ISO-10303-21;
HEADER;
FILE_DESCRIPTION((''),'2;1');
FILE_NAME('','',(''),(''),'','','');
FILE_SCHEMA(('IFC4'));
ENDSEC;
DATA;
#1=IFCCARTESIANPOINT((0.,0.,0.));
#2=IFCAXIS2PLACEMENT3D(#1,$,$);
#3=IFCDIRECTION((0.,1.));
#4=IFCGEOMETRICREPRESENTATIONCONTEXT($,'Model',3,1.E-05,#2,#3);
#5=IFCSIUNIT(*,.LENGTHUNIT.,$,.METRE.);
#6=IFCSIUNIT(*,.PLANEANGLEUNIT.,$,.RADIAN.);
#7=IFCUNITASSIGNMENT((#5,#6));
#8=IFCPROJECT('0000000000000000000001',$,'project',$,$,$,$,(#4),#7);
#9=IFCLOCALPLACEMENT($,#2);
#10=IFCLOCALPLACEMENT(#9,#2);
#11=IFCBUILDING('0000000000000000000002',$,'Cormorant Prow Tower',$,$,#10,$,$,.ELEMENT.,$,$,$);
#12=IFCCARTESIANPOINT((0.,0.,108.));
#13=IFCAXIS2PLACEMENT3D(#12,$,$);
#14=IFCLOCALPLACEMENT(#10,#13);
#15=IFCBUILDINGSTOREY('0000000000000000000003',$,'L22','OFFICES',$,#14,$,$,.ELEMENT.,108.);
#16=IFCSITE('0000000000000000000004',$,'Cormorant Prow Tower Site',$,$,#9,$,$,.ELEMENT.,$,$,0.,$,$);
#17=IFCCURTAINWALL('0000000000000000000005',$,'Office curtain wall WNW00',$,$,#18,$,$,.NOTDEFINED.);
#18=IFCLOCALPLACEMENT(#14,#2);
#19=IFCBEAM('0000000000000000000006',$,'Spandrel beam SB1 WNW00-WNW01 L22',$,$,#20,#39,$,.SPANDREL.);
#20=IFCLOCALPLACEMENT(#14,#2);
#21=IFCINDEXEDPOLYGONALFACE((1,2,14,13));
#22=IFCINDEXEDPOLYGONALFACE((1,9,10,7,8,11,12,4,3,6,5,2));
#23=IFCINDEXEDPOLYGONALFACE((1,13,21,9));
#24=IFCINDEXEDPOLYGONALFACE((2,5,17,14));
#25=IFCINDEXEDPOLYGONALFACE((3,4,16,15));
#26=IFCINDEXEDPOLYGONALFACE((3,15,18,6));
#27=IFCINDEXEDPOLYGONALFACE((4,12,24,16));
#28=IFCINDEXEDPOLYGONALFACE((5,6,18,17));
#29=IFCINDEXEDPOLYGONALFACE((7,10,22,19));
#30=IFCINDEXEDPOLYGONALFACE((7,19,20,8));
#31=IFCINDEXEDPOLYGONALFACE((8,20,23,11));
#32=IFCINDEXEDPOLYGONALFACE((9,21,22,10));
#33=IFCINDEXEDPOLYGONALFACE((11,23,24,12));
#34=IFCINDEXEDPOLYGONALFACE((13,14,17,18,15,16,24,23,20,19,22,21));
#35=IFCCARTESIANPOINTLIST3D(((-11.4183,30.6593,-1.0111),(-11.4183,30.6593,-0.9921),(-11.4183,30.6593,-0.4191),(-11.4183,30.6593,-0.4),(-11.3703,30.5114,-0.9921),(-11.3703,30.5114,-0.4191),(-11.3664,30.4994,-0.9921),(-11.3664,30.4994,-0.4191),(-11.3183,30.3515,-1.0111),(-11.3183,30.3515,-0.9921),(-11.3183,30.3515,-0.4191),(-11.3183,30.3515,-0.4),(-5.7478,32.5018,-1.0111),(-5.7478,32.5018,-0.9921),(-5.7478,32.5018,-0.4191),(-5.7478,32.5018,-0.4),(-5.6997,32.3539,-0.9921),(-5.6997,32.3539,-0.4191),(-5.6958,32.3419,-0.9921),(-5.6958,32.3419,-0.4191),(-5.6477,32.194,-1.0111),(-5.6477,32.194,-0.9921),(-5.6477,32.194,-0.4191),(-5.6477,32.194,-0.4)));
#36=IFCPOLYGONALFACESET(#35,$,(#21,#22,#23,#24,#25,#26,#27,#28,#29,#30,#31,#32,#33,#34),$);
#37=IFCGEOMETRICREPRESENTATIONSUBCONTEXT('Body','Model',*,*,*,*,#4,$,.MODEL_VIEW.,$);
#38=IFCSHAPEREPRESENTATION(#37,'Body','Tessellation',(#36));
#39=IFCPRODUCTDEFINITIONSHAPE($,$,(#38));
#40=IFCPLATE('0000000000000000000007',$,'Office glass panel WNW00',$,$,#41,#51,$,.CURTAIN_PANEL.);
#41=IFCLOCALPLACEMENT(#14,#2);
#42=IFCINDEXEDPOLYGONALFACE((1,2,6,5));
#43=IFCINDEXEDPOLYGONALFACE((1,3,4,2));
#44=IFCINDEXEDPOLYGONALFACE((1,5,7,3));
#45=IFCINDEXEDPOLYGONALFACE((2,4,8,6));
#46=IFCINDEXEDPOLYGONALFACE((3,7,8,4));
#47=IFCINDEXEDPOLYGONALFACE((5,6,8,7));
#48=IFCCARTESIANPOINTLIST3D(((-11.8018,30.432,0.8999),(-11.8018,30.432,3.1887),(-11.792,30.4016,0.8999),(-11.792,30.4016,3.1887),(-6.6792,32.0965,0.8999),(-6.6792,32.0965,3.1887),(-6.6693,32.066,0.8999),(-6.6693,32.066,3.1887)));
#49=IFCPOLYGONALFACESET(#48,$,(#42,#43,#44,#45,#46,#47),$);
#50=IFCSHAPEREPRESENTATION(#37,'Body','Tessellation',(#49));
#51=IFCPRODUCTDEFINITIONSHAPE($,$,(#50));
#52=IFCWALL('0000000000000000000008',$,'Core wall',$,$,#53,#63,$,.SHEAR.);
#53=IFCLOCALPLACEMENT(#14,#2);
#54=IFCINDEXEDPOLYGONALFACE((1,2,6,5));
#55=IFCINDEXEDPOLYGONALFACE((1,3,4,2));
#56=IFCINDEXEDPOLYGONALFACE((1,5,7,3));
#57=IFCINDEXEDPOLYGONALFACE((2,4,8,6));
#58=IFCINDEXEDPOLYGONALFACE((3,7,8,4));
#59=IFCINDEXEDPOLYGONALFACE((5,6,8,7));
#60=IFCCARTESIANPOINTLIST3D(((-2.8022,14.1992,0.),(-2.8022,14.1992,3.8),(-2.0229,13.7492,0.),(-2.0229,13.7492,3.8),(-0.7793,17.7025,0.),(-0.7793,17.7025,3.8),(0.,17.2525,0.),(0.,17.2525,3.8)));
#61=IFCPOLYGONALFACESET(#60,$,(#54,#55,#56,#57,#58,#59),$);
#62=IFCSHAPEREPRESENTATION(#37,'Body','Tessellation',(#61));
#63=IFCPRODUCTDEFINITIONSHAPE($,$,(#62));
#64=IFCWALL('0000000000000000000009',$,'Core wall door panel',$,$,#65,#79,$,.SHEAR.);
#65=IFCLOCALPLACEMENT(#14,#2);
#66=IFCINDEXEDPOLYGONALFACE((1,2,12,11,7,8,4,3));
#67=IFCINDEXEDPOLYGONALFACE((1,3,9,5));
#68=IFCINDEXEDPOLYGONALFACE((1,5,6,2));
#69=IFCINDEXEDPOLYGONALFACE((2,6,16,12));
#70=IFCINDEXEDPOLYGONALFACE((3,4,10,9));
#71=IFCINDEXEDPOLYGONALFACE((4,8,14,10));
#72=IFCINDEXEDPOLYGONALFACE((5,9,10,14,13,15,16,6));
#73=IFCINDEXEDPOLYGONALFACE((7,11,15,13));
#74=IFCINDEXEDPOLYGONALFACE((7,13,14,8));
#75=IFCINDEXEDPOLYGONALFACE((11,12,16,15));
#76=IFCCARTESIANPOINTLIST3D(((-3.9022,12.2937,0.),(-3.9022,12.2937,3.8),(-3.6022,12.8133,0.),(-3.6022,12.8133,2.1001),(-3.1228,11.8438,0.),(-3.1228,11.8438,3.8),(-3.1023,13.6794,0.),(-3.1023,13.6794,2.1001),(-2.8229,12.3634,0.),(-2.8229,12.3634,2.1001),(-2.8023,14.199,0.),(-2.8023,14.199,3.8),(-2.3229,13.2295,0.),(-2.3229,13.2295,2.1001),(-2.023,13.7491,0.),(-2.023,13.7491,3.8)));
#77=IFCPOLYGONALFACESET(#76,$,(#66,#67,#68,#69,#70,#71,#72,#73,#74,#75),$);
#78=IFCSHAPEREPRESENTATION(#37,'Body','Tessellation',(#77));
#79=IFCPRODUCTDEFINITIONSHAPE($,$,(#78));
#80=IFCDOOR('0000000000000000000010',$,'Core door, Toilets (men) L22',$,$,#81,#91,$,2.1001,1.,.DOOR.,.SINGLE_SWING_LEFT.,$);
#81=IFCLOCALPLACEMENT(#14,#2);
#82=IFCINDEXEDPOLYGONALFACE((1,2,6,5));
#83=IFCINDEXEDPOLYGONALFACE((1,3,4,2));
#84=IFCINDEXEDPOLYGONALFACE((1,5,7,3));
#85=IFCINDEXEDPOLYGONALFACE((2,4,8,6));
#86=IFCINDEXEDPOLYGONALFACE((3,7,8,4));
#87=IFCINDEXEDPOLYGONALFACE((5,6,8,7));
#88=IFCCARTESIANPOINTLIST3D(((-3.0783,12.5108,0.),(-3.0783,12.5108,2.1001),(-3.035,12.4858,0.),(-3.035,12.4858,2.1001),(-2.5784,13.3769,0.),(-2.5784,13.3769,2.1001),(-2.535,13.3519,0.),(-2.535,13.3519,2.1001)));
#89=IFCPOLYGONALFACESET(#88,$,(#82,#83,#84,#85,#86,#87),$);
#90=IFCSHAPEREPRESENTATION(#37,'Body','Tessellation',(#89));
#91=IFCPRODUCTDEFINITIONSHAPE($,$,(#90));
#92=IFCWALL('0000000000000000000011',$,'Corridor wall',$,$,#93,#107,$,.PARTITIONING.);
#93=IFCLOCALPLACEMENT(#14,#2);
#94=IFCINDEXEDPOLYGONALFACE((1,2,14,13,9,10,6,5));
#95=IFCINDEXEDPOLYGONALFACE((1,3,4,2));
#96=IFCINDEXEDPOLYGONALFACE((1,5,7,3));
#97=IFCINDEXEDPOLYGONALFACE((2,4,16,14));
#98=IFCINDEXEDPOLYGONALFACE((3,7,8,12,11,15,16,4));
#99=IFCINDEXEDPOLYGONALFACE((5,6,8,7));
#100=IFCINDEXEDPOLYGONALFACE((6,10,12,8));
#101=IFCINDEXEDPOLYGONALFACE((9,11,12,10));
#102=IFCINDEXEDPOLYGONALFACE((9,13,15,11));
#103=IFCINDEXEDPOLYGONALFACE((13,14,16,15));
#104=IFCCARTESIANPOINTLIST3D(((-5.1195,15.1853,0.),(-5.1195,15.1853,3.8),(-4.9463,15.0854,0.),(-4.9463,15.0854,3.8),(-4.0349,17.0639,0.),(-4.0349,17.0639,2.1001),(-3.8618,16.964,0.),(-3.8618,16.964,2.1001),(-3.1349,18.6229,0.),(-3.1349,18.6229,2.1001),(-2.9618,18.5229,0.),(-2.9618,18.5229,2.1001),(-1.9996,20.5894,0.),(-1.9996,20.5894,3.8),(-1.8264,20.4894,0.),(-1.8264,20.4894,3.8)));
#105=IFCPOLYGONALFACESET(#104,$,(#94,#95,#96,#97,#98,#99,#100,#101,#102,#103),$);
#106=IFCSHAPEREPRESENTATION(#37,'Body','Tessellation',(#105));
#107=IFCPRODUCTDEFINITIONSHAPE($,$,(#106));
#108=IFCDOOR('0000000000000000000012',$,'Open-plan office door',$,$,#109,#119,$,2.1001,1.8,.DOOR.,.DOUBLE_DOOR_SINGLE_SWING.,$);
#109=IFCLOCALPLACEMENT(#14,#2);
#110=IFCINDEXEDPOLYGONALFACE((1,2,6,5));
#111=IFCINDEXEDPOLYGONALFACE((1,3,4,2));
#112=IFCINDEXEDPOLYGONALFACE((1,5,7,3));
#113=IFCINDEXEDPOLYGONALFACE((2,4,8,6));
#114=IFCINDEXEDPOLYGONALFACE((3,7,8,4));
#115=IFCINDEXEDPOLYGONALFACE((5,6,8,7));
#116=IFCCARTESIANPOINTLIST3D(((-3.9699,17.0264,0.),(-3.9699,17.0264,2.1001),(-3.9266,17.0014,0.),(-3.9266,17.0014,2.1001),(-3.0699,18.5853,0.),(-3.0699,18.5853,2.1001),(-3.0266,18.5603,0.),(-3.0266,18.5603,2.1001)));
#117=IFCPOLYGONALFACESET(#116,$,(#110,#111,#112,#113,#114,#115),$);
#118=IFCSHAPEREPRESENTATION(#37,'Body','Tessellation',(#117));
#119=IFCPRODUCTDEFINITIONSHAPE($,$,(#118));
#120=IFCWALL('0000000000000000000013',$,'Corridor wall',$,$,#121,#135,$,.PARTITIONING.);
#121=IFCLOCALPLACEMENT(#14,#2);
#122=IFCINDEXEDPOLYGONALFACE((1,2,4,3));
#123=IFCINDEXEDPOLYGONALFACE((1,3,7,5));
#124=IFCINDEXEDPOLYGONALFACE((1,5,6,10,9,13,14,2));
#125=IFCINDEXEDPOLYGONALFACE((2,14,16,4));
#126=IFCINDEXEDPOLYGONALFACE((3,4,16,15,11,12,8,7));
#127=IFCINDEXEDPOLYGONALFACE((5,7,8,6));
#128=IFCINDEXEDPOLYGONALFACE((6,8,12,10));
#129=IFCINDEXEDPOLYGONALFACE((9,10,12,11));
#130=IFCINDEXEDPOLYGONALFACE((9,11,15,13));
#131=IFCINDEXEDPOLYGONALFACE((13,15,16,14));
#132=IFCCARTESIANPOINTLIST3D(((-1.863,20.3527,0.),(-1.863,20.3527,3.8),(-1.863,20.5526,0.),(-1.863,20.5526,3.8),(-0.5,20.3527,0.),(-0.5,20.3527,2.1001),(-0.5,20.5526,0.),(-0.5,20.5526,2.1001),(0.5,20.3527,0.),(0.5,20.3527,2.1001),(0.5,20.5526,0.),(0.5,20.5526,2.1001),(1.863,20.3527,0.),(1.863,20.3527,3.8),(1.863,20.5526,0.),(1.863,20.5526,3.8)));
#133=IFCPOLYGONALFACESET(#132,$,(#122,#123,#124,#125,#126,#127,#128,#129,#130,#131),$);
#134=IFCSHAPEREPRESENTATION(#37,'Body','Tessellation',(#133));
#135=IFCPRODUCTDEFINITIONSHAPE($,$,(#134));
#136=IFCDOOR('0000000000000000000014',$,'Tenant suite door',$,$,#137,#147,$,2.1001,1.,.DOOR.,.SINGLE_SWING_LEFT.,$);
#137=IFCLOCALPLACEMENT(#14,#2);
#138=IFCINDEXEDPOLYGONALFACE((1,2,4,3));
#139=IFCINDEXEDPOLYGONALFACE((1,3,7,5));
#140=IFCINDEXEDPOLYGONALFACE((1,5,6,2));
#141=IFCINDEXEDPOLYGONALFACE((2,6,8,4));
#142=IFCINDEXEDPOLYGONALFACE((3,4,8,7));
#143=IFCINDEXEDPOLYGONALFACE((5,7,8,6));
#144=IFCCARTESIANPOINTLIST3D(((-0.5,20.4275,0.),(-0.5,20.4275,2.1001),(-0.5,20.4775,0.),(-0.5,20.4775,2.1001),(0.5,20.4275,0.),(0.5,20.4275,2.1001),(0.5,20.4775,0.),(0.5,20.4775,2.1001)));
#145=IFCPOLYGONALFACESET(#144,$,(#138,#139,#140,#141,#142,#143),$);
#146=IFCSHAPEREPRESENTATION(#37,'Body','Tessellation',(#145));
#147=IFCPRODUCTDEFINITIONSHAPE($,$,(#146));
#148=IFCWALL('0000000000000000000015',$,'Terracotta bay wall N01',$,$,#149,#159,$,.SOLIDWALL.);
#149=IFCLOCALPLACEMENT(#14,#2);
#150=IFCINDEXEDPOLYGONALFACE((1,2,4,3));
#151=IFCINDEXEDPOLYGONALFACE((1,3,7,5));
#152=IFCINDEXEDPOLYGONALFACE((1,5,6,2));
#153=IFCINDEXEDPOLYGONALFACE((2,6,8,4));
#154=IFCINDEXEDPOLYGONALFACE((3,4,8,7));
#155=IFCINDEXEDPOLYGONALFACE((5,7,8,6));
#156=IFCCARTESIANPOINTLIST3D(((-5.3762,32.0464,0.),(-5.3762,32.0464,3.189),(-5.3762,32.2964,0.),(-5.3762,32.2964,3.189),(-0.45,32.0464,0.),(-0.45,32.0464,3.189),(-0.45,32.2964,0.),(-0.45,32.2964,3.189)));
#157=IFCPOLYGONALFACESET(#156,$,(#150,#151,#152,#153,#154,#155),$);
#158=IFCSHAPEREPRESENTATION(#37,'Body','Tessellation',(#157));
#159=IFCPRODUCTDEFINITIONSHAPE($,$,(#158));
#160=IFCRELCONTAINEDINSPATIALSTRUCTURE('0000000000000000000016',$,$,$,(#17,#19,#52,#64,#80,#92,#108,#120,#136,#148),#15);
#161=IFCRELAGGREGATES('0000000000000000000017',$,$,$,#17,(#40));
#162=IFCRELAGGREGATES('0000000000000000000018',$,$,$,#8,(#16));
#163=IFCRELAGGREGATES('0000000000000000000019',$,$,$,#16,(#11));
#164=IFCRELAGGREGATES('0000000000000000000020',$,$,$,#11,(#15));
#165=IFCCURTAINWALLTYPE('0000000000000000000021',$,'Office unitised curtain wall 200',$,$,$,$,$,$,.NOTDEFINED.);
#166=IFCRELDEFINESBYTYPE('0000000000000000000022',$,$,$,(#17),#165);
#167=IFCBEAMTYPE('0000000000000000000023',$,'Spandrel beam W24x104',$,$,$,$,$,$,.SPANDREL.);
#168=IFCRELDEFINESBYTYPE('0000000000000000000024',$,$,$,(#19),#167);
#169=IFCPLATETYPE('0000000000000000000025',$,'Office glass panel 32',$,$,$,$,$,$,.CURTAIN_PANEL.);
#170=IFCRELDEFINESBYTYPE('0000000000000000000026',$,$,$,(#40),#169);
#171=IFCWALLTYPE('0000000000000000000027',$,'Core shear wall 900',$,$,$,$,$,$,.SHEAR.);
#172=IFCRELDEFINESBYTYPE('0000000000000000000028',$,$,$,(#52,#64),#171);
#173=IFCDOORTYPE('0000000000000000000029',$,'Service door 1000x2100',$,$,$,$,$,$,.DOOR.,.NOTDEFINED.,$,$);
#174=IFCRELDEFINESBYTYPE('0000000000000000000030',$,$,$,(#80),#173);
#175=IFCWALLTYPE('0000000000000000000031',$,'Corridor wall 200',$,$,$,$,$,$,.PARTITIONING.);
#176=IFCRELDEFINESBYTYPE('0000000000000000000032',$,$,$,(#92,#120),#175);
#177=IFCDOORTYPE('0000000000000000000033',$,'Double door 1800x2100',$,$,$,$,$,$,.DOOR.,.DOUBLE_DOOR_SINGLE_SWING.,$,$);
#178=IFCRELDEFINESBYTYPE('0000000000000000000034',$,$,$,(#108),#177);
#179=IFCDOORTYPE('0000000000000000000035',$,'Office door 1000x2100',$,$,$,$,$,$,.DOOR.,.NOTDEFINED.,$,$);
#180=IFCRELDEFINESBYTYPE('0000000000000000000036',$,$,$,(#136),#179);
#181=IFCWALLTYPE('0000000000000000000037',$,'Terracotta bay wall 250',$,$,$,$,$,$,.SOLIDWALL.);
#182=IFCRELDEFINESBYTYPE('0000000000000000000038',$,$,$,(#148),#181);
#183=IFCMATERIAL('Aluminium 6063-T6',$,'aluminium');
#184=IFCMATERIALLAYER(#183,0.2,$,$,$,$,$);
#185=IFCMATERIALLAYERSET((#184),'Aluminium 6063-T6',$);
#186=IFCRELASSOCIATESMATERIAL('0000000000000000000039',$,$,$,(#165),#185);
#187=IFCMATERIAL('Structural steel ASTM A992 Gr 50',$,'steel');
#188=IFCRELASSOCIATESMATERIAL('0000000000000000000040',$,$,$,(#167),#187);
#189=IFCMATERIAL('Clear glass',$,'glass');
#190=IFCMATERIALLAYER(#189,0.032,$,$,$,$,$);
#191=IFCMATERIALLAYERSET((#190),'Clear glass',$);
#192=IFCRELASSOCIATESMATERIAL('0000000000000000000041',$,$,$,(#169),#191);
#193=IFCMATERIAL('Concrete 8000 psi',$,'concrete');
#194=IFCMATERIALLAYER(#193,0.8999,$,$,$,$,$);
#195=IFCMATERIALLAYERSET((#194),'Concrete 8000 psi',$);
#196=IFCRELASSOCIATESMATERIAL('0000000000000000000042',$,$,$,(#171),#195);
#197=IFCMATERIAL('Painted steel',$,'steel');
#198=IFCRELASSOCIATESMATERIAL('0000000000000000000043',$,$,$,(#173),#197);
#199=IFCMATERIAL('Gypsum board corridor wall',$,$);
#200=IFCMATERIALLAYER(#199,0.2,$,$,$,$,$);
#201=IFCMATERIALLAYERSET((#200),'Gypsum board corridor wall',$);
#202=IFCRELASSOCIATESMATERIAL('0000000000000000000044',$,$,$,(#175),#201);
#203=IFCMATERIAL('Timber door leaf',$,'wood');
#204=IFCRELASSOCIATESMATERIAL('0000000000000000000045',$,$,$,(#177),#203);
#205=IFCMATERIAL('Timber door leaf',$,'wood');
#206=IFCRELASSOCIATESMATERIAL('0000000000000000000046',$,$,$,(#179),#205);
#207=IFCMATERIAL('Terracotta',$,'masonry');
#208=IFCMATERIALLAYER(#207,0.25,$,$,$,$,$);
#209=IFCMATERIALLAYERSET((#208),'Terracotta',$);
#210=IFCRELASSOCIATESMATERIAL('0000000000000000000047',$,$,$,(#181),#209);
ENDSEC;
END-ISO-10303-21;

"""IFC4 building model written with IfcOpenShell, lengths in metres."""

from ifc_helpers import new_model, si_unit, direction, frame, frame_2d, origin, origin_2d, place, context, subcontext, project, spatial, rectangle, i_section, extrude, material, layer, layer_set, material_profile, profile_set, type_object, element, fill, aggregate, save


model = new_model("IFC4")

# Units and contexts
model_context = context("Model", 3, precision=1e-05, world=origin(), true_north=direction((0.0, 1.0)))
body_context = subcontext(model_context, "Body", "Model", "MODEL_VIEW")
ifc_project = project(units=[si_unit("LENGTHUNIT", "METRE"), si_unit("PLANEANGLEUNIT", "RADIAN")], contexts=[model_context])

# Site, building, storey
site_placement = place(None, origin())
site = spatial("IfcSite", under=ifc_project, at=site_placement, Name="Cormorant Prow Tower Site", CompositionType="ELEMENT", RefElevation=0.0)
building_placement = place(site_placement, origin())
building = spatial("IfcBuilding", under=site, at=building_placement, Name="Cormorant Prow Tower", CompositionType="ELEMENT")
storey_placement = place(building_placement, frame((0.0, 0.0, 108.0)))
storey = spatial("IfcBuildingStorey", under=building, at=storey_placement, Name="L22", Description="OFFICES", CompositionType="ELEMENT", Elevation=108.0)

# Curtain wall
ifc_material_1 = material(Name="Aluminium 6063-T6", Category="aluminium")
ifc_layer_1 = layer(ifc_material_1, 0.2)
ifc_layer_set_1 = layer_set([ifc_layer_1], Name="Aluminium 6063-T6")
curtain_wall_type = type_object("IfcCurtainWallType", Name="Office unitised curtain wall 200", PredefinedType="NOTDEFINED", material=ifc_layer_set_1)
curtain_wall_placement = place(storey_placement, origin())
curtain_wall = element("IfcCurtainWall", 1, at=curtain_wall_placement, inside=storey, type_object=curtain_wall_type, Name="Office curtain wall WNW00", PredefinedType="NOTDEFINED")

# Beam
ifc_material_2 = material(Name="Structural steel ASTM A992 Gr 50", Category="steel")
ifc_material_profile_1 = material_profile(ifc_material_2, i_section(OverallWidth=0.3237, OverallDepth=0.6111, WebThickness=0.0127, FlangeThickness=0.019, at=origin_2d()), Name="W24x104")
ifc_profile_set_1 = profile_set([ifc_material_profile_1], Name="Structural steel ASTM A992 Gr 50")
beam_type_1 = type_object("IfcBeamType", Name="Spandrel beam W24x104", PredefinedType="SPANDREL", material=ifc_profile_set_1)
beam_1_placement = place(storey_placement, frame((-5.6978, 32.3479, -0.7056), z_axis=(-0.951055, -0.30902, 0.0), x_axis=(0.30902, -0.951055, 0.0)))
element("IfcBeam", 2, at=beam_1_placement, inside=storey, type_object=beam_type_1, Name="Spandrel beam SB1 WNW00-WNW01 L22", PredefinedType="SPANDREL", context=body_context, shape_type="SweptSolid", body=[
    extrude(i_section(OverallWidth=0.3237, OverallDepth=0.6111, WebThickness=0.0127, FlangeThickness=0.019, at=origin_2d()), origin(), (0.0, 0.0, 1.0), 5.9624),
])

# Plate
ifc_material_3 = material(Name="Clear glass", Category="glass")
ifc_layer_2 = layer(ifc_material_3, 0.032)
ifc_layer_set_2 = layer_set([ifc_layer_2], Name="Clear glass")
plate_type = type_object("IfcPlateType", Name="Office glass panel 32", PredefinedType="CURTAIN_PANEL", material=ifc_layer_set_2)
plate_placement = place(storey_placement, frame((-9.2356, 31.249, 0.8999), z_axis=(0.0, 0.0, 1.0), x_axis=(-0.951057, -0.309017, 0.0)))
plate = element("IfcPlate", 3, at=plate_placement, type_object=plate_type, Name="Office glass panel WNW00", PredefinedType="CURTAIN_PANEL", context=body_context, shape_type="SweptSolid", body=[
    extrude(rectangle(XDim=5.3862, YDim=0.032, at=origin_2d()), origin(), (0.0, 0.0, 1.0), 2.2888),
])
aggregate(curtain_wall, [plate])

# Wall
ifc_material_4 = material(Name="Concrete 8000 psi", Category="concrete")
ifc_layer_3 = layer(ifc_material_4, 0.8999)
ifc_layer_set_3 = layer_set([ifc_layer_3], Name="Concrete 8000 psi")
wall_type_1 = type_object("IfcWallType", Name="Core shear wall 900", PredefinedType="SHEAR", material=ifc_layer_set_3)
wall_1_placement = place(storey_placement, frame((-0.3896, 17.4775, 0.0), z_axis=(0.0, 0.0, 1.0), x_axis=(-0.500046, -0.865999, 0.0)))
element("IfcWall", 4, at=wall_1_placement, inside=storey, type_object=wall_type_1, Name="Core wall", PredefinedType="SHEAR", context=body_context, shape_type="SweptSolid", body=[
    extrude(rectangle(XDim=4.0454, YDim=0.8999, at=frame_2d((2.0227, 0.0))), origin(), (0.0, 0.0, 1.0), 3.8),
])

# Walls, openings, doors
wall_2_placement = place(storey_placement, frame((-2.4126, 13.9741, 0.0), z_axis=(0.0, 0.0, 1.0), x_axis=(-0.499947, -0.866056, 0.0)))
wall_2 = element("IfcWall", 5, at=wall_2_placement, inside=storey, type_object=wall_type_1, Name="Core wall door panel", PredefinedType="SHEAR", context=body_context, shape_type="SweptSolid", body=[
    extrude(rectangle(XDim=2.2, YDim=0.8999, at=frame_2d((1.1001, 0.0))), origin(), (0.0, 0.0, 1.0), 3.8),
])
opening_1_placement = place(wall_2_placement, frame((0.6001, 0.0, 0.0)))
opening_1 = element("IfcOpeningElement", 6, at=opening_1_placement, cuts=wall_2, PredefinedType="OPENING", context=body_context, shape_type="SweptSolid", body=[
    extrude(rectangle(XDim=1.0, YDim=2.1001, at=frame_2d((0.5, 1.05))), frame((0.0, 0.46, 0.0), z_axis=(0.0, -1.0, 0.0), x_axis=(1.0, 0.0, 0.0)), (0.0, 0.0, 1.0), 0.9199),
])
ifc_material_5 = material(Name="Painted steel", Category="steel")
door_type_1 = type_object("IfcDoorType", Name="Service door 1000x2100", OperationType="NOTDEFINED", PredefinedType="DOOR", material=ifc_material_5)
door_1_placement = place(opening_1_placement, origin())
door_1 = element("IfcDoor", 7, at=door_1_placement, inside=storey, type_object=door_type_1, Name="Core door, Toilets (men) L22", OperationType="SINGLE_SWING_LEFT", OverallHeight=2.1001, OverallWidth=1.0, PredefinedType="DOOR", context=body_context, shape_type="SweptSolid", body=[
    extrude(rectangle(XDim=1.0, YDim=2.1001, at=frame_2d((0.5, 1.05))), frame((0.0, 0.2051, 0.0), z_axis=(0.0, -1.0, 0.0), x_axis=(1.0, 0.0, 0.0)), (0.0, 0.0, 1.0), 0.05),
])
fill(opening_1, door_1)
ifc_material_6 = material(Name="Gypsum board corridor wall")
ifc_layer_4 = layer(ifc_material_6, 0.2)
ifc_layer_set_4 = layer_set([ifc_layer_4], Name="Gypsum board corridor wall")
wall_type_2 = type_object("IfcWallType", Name="Corridor wall 200", PredefinedType="PARTITIONING", material=ifc_layer_set_4)
wall_3_placement = place(storey_placement, frame((-5.033, 15.1353, 0.0), z_axis=(0.0, 0.0, 1.0), x_axis=(0.499981, 0.866036, 0.0)))
wall_3 = element("IfcWall", 8, at=wall_3_placement, inside=storey, type_object=wall_type_2, Name="Corridor wall", PredefinedType="PARTITIONING", context=body_context, shape_type="SweptSolid", body=[
    extrude(rectangle(XDim=6.24, YDim=0.2, at=frame_2d((3.1201, 0.0))), origin(), (0.0, 0.0, 1.0), 3.8),
])
opening_2_placement = place(wall_3_placement, frame((2.1694, 0.0, 0.0)))
opening_2 = element("IfcOpeningElement", 9, at=opening_2_placement, cuts=wall_3, PredefinedType="OPENING", context=body_context, shape_type="SweptSolid", body=[
    extrude(rectangle(XDim=1.8, YDim=2.1001, at=frame_2d((0.8999, 1.05))), frame((0.0, 0.1099, 0.0), z_axis=(0.0, -1.0, 0.0), x_axis=(1.0, 0.0, 0.0)), (0.0, 0.0, 1.0), 0.22),
])
ifc_material_7 = material(Name="Timber door leaf", Category="wood")
door_type_2 = type_object("IfcDoorType", Name="Double door 1800x2100", OperationType="DOUBLE_DOOR_SINGLE_SWING", PredefinedType="DOOR", material=ifc_material_7)
door_2_placement = place(opening_2_placement, origin())
door_2 = element("IfcDoor", 10, at=door_2_placement, inside=storey, type_object=door_type_2, Name="Open-plan office door", OperationType="DOUBLE_DOOR_SINGLE_SWING", OverallHeight=2.1001, OverallWidth=1.8, PredefinedType="DOOR", context=body_context, shape_type="SweptSolid", body=[
    extrude(rectangle(XDim=1.8, YDim=2.1001, at=frame_2d((0.8999, 1.05))), frame((0.0, 0.0249, 0.0), z_axis=(0.0, -1.0, 0.0), x_axis=(1.0, 0.0, 0.0)), (0.0, 0.0, 1.0), 0.05),
])
fill(opening_2, door_2)
wall_4_placement = place(storey_placement, frame((-1.863, 20.4526, 0.0), z_axis=(0.0, 0.0, 1.0), x_axis=(1.0, 0.0, 0.0)))
wall_4 = element("IfcWall", 11, at=wall_4_placement, inside=storey, type_object=wall_type_2, Name="Corridor wall", PredefinedType="PARTITIONING", context=body_context, shape_type="SweptSolid", body=[
    extrude(rectangle(XDim=3.7261, YDim=0.2, at=frame_2d((1.863, 0.0))), origin(), (0.0, 0.0, 1.0), 3.8),
])
opening_3_placement = place(wall_4_placement, frame((1.363, 0.0, 0.0)))
opening_3 = element("IfcOpeningElement", 12, at=opening_3_placement, cuts=wall_4, PredefinedType="OPENING", context=body_context, shape_type="SweptSolid", body=[
    extrude(rectangle(XDim=1.0, YDim=2.1001, at=frame_2d((0.5, 1.05))), frame((0.0, 0.1099, 0.0), z_axis=(0.0, -1.0, 0.0), x_axis=(1.0, 0.0, 0.0)), (0.0, 0.0, 1.0), 0.22),
])
ifc_material_8 = material(Name="Timber door leaf", Category="wood")
door_type_3 = type_object("IfcDoorType", Name="Office door 1000x2100", OperationType="NOTDEFINED", PredefinedType="DOOR", material=ifc_material_8)
door_3_placement = place(opening_3_placement, origin())
door_3 = element("IfcDoor", 13, at=door_3_placement, inside=storey, type_object=door_type_3, Name="Tenant suite door", OperationType="SINGLE_SWING_LEFT", OverallHeight=2.1001, OverallWidth=1.0, PredefinedType="DOOR", context=body_context, shape_type="SweptSolid", body=[
    extrude(rectangle(XDim=1.0, YDim=2.1001, at=frame_2d((0.5, 1.05))), frame((0.0, 0.0249, 0.0), z_axis=(0.0, -1.0, 0.0), x_axis=(1.0, 0.0, 0.0)), (0.0, 0.0, 1.0), 0.05),
])
fill(opening_3, door_3)

# Wall
ifc_material_9 = material(Name="Terracotta", Category="masonry")
ifc_layer_5 = layer(ifc_material_9, 0.25)
ifc_layer_set_5 = layer_set([ifc_layer_5], Name="Terracotta")
wall_type_3 = type_object("IfcWallType", Name="Terracotta bay wall 250", PredefinedType="SOLIDWALL", material=ifc_layer_set_5)
wall_5_placement = place(storey_placement, frame((-0.45, 32.1714, 0.0), z_axis=(0.0, 0.0, 1.0), x_axis=(-1.0, 0.0, 0.0)))
element("IfcWall", 14, at=wall_5_placement, inside=storey, type_object=wall_type_3, Name="Terracotta bay wall N01", PredefinedType="SOLIDWALL", context=body_context, shape_type="SweptSolid", body=[
    extrude(rectangle(XDim=4.9263, YDim=0.25, at=frame_2d((2.4631, 0.0))), origin(), (0.0, 0.0, 1.0), 3.189),
])

save(model, "model.ifc")
